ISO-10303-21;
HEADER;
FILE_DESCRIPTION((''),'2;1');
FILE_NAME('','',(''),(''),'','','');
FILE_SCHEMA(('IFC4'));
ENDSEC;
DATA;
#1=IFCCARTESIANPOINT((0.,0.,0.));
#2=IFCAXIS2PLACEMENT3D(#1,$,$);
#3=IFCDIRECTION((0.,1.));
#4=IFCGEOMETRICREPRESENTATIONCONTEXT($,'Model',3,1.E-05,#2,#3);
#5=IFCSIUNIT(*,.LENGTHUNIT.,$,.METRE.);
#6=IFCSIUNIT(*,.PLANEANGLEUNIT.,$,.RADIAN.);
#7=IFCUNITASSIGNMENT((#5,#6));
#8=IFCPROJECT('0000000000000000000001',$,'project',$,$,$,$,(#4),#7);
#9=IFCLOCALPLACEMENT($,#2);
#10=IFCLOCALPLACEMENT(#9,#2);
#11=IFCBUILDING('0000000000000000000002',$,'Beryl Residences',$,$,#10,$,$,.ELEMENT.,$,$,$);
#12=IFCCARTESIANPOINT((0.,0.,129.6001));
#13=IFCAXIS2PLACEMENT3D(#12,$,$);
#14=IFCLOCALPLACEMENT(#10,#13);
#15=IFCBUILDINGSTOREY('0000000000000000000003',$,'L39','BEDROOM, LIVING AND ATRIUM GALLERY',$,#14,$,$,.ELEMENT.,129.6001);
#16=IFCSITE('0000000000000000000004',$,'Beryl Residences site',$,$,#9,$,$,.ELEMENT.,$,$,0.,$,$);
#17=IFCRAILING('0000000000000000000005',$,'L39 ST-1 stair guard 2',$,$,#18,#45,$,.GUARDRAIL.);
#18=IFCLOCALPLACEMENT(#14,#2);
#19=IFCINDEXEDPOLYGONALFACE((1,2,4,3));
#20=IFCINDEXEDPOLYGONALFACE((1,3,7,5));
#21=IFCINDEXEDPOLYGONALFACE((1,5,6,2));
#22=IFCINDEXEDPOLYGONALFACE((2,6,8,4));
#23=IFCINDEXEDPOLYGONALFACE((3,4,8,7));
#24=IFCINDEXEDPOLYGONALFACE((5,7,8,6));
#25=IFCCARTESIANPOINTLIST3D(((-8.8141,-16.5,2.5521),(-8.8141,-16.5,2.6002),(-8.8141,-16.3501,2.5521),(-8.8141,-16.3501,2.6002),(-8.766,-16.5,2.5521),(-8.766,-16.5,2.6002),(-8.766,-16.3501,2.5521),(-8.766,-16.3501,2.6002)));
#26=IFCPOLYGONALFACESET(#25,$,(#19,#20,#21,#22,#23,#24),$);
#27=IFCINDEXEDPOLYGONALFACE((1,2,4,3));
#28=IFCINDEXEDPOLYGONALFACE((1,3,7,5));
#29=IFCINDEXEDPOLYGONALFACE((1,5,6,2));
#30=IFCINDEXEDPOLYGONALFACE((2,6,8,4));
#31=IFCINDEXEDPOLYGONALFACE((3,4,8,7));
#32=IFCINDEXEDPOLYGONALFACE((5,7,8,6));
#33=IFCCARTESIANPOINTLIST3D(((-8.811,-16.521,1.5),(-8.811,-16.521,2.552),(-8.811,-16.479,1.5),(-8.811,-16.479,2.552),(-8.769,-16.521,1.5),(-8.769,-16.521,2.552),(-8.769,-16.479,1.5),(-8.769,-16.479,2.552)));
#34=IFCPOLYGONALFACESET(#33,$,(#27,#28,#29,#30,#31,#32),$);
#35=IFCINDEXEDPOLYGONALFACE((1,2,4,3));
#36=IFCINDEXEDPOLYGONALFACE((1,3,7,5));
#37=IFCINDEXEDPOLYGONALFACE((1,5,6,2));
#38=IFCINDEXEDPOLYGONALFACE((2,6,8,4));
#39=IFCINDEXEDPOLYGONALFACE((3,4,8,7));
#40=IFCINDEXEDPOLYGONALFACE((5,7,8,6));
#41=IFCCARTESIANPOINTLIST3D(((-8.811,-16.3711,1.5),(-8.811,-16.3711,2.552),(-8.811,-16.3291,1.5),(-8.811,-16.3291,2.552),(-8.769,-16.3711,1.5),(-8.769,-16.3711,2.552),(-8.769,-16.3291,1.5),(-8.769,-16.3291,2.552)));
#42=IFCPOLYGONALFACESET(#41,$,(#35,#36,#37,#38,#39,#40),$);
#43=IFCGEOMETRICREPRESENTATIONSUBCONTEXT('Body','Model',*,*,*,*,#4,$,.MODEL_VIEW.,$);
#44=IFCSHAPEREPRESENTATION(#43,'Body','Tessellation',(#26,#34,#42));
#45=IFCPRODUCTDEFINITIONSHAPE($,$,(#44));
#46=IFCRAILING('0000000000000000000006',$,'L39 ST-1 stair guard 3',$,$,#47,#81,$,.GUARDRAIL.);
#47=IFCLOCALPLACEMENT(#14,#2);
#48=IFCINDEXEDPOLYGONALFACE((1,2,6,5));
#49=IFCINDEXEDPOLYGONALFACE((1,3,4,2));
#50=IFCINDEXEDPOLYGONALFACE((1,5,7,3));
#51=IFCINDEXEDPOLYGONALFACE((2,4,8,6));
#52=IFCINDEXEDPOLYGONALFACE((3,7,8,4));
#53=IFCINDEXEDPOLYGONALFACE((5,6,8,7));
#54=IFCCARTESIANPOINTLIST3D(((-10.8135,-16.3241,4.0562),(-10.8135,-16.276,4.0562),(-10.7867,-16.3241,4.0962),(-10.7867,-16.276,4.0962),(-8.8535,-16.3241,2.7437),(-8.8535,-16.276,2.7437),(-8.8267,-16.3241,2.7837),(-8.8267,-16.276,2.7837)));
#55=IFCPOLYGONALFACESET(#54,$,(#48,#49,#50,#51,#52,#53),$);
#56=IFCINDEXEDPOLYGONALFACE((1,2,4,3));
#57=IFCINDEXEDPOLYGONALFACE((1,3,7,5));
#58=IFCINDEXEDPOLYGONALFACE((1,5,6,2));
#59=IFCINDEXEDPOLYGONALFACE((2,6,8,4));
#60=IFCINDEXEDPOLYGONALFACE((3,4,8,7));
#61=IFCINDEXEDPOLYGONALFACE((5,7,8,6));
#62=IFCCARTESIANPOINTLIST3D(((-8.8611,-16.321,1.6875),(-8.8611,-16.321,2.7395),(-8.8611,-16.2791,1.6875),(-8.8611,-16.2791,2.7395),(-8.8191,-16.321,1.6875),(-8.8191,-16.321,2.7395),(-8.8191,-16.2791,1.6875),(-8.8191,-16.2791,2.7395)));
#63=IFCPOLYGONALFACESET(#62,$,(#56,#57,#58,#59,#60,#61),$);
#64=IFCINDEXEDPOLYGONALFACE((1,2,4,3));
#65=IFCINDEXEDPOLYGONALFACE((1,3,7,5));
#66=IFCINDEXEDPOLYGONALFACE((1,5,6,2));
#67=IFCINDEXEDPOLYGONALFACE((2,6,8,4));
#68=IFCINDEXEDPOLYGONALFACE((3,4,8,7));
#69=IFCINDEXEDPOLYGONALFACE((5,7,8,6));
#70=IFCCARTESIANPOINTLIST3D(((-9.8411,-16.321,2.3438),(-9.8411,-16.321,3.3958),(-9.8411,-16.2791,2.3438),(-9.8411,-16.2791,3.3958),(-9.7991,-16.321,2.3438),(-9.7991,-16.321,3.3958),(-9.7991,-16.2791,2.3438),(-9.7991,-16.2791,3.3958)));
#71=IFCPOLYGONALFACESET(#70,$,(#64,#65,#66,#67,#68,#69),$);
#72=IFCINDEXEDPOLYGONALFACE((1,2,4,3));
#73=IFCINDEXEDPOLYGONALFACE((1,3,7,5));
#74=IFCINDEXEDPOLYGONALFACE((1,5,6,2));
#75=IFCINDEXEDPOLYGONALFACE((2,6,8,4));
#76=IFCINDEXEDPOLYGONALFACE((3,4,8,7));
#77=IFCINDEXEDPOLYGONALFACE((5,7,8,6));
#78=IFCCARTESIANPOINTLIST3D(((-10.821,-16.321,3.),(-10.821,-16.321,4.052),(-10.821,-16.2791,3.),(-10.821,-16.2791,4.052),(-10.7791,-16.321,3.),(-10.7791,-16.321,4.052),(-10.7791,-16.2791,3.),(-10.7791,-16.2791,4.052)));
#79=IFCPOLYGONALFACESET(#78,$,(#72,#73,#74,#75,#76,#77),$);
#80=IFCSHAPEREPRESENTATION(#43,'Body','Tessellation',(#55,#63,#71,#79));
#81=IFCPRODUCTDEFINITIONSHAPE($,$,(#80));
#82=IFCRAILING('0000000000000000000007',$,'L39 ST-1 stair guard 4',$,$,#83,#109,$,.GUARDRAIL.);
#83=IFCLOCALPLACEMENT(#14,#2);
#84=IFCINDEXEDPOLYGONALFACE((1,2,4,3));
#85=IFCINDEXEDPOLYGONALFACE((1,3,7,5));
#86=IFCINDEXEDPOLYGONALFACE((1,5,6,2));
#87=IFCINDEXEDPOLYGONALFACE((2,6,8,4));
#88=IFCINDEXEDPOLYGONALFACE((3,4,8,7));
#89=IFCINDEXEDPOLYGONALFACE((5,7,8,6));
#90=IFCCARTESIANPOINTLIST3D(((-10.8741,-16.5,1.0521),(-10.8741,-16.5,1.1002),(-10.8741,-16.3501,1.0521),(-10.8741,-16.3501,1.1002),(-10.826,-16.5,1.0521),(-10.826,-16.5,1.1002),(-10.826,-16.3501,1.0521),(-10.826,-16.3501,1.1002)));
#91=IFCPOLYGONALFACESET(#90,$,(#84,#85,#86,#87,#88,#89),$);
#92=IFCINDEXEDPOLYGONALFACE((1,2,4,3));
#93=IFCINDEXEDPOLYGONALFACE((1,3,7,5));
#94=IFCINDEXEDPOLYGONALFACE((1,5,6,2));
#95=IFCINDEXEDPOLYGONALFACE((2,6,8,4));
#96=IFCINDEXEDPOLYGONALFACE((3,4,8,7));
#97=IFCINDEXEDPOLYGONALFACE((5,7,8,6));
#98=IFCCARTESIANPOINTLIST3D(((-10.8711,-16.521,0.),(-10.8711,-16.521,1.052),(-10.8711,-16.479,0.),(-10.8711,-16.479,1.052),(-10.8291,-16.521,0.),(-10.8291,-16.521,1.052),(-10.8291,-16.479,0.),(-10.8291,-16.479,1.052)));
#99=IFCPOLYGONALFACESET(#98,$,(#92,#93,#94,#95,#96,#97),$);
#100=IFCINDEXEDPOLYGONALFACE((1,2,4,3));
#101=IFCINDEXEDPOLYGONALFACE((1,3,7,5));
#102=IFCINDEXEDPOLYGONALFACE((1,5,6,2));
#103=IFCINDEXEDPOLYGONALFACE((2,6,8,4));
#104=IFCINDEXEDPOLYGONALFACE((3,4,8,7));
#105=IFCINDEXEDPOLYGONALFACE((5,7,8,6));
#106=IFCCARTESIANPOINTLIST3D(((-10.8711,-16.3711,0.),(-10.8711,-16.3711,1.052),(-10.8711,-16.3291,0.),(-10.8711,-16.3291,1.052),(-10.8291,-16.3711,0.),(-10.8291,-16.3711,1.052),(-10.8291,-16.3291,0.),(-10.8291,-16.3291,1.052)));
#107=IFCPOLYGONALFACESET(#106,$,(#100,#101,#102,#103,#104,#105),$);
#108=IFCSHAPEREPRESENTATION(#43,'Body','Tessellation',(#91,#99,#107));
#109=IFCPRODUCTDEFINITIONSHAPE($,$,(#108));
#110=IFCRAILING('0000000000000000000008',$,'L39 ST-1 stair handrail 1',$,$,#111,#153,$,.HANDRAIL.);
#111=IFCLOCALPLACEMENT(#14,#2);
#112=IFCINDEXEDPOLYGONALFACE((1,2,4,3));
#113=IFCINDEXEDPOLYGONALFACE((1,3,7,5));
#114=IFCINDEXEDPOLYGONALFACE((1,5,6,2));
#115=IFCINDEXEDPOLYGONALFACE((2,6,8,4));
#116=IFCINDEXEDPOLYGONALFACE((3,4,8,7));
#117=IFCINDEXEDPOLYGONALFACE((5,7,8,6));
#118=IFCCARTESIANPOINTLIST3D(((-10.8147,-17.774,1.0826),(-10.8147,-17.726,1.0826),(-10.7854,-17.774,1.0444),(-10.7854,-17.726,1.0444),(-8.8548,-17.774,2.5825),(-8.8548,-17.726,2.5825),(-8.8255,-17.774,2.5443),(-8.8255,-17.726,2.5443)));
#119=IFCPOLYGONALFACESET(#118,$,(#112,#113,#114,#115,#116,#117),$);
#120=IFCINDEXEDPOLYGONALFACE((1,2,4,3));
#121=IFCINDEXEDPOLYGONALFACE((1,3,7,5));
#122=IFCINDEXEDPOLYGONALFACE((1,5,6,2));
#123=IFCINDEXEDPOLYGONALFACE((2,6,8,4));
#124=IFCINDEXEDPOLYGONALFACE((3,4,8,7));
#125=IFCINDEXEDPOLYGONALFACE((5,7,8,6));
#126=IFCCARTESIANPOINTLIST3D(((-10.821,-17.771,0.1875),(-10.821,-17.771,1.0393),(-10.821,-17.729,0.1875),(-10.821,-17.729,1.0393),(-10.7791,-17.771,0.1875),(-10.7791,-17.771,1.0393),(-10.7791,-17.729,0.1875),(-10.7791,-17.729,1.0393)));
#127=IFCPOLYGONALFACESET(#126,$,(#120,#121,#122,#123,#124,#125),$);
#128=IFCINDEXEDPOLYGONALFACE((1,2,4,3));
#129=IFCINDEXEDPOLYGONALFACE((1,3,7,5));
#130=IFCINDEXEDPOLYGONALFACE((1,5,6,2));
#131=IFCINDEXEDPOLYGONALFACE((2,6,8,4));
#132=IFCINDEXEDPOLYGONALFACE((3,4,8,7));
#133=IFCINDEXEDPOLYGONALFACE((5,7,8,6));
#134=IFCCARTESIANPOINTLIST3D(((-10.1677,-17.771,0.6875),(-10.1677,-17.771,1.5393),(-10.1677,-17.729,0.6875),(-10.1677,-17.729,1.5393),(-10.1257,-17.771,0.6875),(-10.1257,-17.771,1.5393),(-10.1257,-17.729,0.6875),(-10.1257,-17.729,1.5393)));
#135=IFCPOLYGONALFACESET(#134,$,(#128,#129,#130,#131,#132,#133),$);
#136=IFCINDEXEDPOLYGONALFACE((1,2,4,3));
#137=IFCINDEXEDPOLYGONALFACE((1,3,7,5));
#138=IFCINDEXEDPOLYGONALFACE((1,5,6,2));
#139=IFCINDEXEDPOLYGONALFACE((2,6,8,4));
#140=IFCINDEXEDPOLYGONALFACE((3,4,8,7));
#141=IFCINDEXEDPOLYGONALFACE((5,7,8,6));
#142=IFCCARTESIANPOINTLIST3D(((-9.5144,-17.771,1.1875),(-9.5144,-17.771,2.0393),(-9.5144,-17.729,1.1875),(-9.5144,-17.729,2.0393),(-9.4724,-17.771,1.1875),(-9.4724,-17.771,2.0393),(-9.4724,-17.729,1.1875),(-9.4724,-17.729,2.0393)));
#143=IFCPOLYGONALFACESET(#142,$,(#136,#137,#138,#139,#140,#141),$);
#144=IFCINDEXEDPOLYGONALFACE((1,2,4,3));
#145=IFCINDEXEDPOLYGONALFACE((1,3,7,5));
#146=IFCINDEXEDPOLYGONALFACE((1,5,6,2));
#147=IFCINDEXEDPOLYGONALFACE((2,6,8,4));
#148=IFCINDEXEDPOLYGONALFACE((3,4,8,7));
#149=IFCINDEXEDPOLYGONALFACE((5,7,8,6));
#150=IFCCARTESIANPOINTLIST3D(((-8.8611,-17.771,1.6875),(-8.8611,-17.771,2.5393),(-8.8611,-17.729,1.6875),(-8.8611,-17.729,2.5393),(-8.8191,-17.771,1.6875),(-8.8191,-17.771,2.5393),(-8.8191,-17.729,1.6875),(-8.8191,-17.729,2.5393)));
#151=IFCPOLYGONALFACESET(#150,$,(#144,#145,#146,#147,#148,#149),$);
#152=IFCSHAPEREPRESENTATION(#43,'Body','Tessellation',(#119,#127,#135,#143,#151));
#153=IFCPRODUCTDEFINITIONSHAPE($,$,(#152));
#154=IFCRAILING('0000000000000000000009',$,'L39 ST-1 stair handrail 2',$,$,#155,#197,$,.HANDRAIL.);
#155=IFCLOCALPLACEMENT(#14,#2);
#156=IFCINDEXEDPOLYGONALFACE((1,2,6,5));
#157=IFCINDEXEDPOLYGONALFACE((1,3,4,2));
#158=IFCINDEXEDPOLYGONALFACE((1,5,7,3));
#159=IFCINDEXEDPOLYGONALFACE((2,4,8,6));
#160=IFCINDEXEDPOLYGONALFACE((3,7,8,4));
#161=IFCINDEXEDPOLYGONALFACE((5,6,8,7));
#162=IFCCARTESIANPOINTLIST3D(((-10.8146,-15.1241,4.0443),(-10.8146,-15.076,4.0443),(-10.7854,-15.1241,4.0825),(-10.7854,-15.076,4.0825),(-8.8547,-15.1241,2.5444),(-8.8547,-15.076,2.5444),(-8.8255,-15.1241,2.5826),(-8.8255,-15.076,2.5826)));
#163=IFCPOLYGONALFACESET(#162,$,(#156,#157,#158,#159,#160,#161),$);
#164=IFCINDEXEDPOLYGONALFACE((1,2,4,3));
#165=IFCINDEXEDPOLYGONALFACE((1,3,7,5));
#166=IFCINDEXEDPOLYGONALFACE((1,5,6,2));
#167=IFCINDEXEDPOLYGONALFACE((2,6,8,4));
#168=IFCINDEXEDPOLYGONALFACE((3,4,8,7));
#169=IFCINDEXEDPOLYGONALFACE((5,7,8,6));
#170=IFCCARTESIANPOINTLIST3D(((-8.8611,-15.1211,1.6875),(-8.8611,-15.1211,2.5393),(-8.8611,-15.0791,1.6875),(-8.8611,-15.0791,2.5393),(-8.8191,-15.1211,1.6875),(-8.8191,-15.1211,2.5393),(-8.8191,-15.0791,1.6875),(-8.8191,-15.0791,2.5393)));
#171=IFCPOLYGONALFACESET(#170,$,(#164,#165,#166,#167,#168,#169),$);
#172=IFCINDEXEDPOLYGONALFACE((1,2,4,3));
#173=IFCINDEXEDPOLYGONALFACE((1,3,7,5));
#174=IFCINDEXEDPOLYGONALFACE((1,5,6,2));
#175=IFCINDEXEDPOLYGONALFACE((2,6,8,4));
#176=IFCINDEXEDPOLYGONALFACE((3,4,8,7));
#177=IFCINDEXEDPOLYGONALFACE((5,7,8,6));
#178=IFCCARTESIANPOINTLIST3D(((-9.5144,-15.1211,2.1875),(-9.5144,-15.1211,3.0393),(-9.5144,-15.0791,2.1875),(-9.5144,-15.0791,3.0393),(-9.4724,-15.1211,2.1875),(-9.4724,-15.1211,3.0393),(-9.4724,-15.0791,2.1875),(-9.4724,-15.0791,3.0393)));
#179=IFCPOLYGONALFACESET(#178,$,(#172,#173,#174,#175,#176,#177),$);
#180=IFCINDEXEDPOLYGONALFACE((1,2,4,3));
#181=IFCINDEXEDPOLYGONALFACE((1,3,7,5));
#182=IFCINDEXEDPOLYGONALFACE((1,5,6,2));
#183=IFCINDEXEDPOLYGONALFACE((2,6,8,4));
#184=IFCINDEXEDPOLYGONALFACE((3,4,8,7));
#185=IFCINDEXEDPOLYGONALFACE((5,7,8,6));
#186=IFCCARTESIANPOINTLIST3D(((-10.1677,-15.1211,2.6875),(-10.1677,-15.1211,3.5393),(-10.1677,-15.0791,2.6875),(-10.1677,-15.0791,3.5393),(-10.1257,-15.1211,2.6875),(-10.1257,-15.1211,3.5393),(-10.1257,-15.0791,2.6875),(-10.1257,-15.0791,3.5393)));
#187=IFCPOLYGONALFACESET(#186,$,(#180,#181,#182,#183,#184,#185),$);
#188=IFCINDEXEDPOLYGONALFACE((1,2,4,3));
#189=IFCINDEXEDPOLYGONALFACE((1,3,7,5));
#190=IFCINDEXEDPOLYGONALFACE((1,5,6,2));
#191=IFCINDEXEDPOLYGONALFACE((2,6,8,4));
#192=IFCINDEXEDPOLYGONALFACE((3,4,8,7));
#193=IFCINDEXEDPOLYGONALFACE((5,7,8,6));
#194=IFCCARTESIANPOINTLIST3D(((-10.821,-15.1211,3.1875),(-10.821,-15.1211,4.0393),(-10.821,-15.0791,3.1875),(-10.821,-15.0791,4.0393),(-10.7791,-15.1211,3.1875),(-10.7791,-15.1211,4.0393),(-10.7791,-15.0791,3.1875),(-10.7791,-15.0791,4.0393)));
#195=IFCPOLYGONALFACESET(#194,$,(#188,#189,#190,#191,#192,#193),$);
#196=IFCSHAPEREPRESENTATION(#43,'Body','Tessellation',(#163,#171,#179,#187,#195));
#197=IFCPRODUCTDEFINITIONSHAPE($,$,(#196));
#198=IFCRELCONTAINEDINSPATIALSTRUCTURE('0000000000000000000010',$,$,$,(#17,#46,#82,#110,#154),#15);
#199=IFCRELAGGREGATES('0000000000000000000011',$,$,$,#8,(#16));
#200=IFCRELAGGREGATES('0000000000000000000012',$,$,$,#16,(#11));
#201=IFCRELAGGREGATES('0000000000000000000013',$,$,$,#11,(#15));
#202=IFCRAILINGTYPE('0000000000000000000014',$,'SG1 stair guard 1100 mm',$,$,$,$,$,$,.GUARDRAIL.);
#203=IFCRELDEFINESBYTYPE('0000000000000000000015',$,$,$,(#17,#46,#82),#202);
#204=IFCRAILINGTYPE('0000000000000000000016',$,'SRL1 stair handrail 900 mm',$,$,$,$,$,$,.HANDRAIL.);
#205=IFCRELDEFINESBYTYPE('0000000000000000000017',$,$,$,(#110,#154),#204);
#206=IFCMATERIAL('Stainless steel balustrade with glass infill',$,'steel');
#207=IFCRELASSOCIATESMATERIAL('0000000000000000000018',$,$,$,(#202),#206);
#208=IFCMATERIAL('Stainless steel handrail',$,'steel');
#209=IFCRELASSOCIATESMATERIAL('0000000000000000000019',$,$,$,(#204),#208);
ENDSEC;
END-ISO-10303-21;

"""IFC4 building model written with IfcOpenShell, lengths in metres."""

from ifc_helpers import new_model, si_unit, direction, frame, origin, origin_2d, place, context, subcontext, project, spatial, rectangle, extrude, material, type_object, element, save


model = new_model("IFC4")

# Units and contexts
model_context = context("Model", 3, precision=1e-05, world=origin(), true_north=direction((0.0, 1.0)))
body_context = subcontext(model_context, "Body", "Model", "MODEL_VIEW")
ifc_project = project(units=[si_unit("LENGTHUNIT", "METRE"), si_unit("PLANEANGLEUNIT", "RADIAN")], contexts=[model_context])

# Site, building, storey
site_placement = place(None, origin())
site = spatial("IfcSite", under=ifc_project, at=site_placement, Name="Beryl Residences site", CompositionType="ELEMENT", RefElevation=0.0)
building_placement = place(site_placement, origin())
building = spatial("IfcBuilding", under=site, at=building_placement, Name="Beryl Residences", CompositionType="ELEMENT")
storey_placement = place(building_placement, frame((0.0, 0.0, 129.6001)))
storey = spatial("IfcBuildingStorey", under=building, at=storey_placement, Name="L39", Description="BEDROOM, LIVING AND ATRIUM GALLERY", CompositionType="ELEMENT", Elevation=129.6001)

# Railings
ifc_material_1 = material(Name="Stainless steel balustrade with glass infill", Category="steel")
railing_type_1 = type_object("IfcRailingType", Name="SG1 stair guard 1100 mm", PredefinedType="GUARDRAIL", material=ifc_material_1)
railing_1_placement = place(storey_placement, frame((-8.79, -16.5, 1.5)))
element("IfcRailing", 1, at=railing_1_placement, inside=storey, type_object=railing_type_1, Name="L39 ST-1 stair guard 2", PredefinedType="GUARDRAIL", context=body_context, shape_type="SweptSolid", body=[
    extrude(rectangle(XDim=0.0481, YDim=0.0481, at=origin_2d()), frame((0.0, 0.0, 1.0762), z_axis=(0.0, 1.0, 0.0), x_axis=(-1.0, 0.0, 0.0)), (0.0, 0.0, 1.0), 0.1499),
    extrude(rectangle(XDim=0.042, YDim=0.042, at=origin_2d()), origin(), (0.0, 0.0, 1.0), 1.052),
    extrude(rectangle(XDim=0.042, YDim=0.042, at=origin_2d()), frame((0.0, 0.1499, 0.0)), (0.0, 0.0, 1.0), 1.052),
])
railing_2_placement = place(storey_placement, frame((-8.8401, -16.3, 1.6875)))
element("IfcRailing", 2, at=railing_2_placement, inside=storey, type_object=railing_type_1, Name="L39 ST-1 stair guard 3", PredefinedType="GUARDRAIL", context=body_context, shape_type="SweptSolid", body=[
    extrude(rectangle(XDim=0.0481, YDim=0.0481, at=origin_2d()), frame((0.0, 0.0, 1.0762), z_axis=(-0.830902, 0.0, 0.556419), x_axis=(0.0, -1.0, 0.0)), (0.0, 0.0, 1.0), 2.3589),
    extrude(rectangle(XDim=0.042, YDim=0.042, at=origin_2d()), origin(), (0.0, 0.0, 1.0), 1.052),
    extrude(rectangle(XDim=0.042, YDim=0.042, at=origin_2d()), frame((-0.98, 0.0, 0.6562)), (0.0, 0.0, 1.0), 1.052),
    extrude(rectangle(XDim=0.042, YDim=0.042, at=origin_2d()), frame((-1.96, 0.0, 1.3125)), (0.0, 0.0, 1.0), 1.052),
])
railing_3_placement = place(storey_placement, frame((-10.8501, -16.5, 0.0)))
element("IfcRailing", 3, at=railing_3_placement, inside=storey, type_object=railing_type_1, Name="L39 ST-1 stair guard 4", PredefinedType="GUARDRAIL", context=body_context, shape_type="SweptSolid", body=[
    extrude(rectangle(XDim=0.0481, YDim=0.0481, at=origin_2d()), frame((0.0, 0.0, 1.0762), z_axis=(0.0, 1.0, 0.0), x_axis=(-1.0, 0.0, 0.0)), (0.0, 0.0, 1.0), 0.1499),
    extrude(rectangle(XDim=0.042, YDim=0.042, at=origin_2d()), origin(), (0.0, 0.0, 1.0), 1.052),
    extrude(rectangle(XDim=0.042, YDim=0.042, at=origin_2d()), frame((0.0, 0.1499, 0.0)), (0.0, 0.0, 1.0), 1.052),
])
ifc_material_2 = material(Name="Stainless steel handrail", Category="steel")
railing_type_2 = type_object("IfcRailingType", Name="SRL1 stair handrail 900 mm", PredefinedType="HANDRAIL", material=ifc_material_2)
railing_4_placement = place(storey_placement, frame((-10.8, -17.75, 0.1875)))
element("IfcRailing", 4, at=railing_4_placement, inside=storey, type_object=railing_type_2, Name="L39 ST-1 stair handrail 1", PredefinedType="HANDRAIL", context=body_context, shape_type="SweptSolid", body=[
    extrude(rectangle(XDim=0.0481, YDim=0.0481, at=origin_2d()), frame((0.0, 0.0, 0.876), z_axis=(0.794122, 0.0, 0.607758), x_axis=(0.0, 1.0, 0.0)), (0.0, 0.0, 1.0), 2.468),
    extrude(rectangle(XDim=0.042, YDim=0.042, at=origin_2d()), origin(), (0.0, 0.0, 1.0), 0.8518),
    extrude(rectangle(XDim=0.042, YDim=0.042, at=origin_2d()), frame((0.6533, 0.0, 0.5)), (0.0, 0.0, 1.0), 0.8518),
    extrude(rectangle(XDim=0.042, YDim=0.042, at=origin_2d()), frame((1.3066, 0.0, 1.0)), (0.0, 0.0, 1.0), 0.8518),
    extrude(rectangle(XDim=0.042, YDim=0.042, at=origin_2d()), frame((1.96, 0.0, 1.5)), (0.0, 0.0, 1.0), 0.8518),
])
railing_5_placement = place(storey_placement, frame((-8.8401, -15.1001, 1.6875)))
element("IfcRailing", 5, at=railing_5_placement, inside=storey, type_object=railing_type_2, Name="L39 ST-1 stair handrail 2", PredefinedType="HANDRAIL", context=body_context, shape_type="SweptSolid", body=[
    extrude(rectangle(XDim=0.0481, YDim=0.0481, at=origin_2d()), frame((0.0, 0.0, 0.876), z_axis=(-0.794122, 0.0, 0.607758), x_axis=(0.0, -1.0, 0.0)), (0.0, 0.0, 1.0), 2.468),
    extrude(rectangle(XDim=0.042, YDim=0.042, at=origin_2d()), origin(), (0.0, 0.0, 1.0), 0.8518),
    extrude(rectangle(XDim=0.042, YDim=0.042, at=origin_2d()), frame((-0.6533, 0.0, 0.5)), (0.0, 0.0, 1.0), 0.8518),
    extrude(rectangle(XDim=0.042, YDim=0.042, at=origin_2d()), frame((-1.3066, 0.0, 1.0)), (0.0, 0.0, 1.0), 0.8518),
    extrude(rectangle(XDim=0.042, YDim=0.042, at=origin_2d()), frame((-1.96, 0.0, 1.5)), (0.0, 0.0, 1.0), 0.8518),
])

save(model, "model.ifc")
